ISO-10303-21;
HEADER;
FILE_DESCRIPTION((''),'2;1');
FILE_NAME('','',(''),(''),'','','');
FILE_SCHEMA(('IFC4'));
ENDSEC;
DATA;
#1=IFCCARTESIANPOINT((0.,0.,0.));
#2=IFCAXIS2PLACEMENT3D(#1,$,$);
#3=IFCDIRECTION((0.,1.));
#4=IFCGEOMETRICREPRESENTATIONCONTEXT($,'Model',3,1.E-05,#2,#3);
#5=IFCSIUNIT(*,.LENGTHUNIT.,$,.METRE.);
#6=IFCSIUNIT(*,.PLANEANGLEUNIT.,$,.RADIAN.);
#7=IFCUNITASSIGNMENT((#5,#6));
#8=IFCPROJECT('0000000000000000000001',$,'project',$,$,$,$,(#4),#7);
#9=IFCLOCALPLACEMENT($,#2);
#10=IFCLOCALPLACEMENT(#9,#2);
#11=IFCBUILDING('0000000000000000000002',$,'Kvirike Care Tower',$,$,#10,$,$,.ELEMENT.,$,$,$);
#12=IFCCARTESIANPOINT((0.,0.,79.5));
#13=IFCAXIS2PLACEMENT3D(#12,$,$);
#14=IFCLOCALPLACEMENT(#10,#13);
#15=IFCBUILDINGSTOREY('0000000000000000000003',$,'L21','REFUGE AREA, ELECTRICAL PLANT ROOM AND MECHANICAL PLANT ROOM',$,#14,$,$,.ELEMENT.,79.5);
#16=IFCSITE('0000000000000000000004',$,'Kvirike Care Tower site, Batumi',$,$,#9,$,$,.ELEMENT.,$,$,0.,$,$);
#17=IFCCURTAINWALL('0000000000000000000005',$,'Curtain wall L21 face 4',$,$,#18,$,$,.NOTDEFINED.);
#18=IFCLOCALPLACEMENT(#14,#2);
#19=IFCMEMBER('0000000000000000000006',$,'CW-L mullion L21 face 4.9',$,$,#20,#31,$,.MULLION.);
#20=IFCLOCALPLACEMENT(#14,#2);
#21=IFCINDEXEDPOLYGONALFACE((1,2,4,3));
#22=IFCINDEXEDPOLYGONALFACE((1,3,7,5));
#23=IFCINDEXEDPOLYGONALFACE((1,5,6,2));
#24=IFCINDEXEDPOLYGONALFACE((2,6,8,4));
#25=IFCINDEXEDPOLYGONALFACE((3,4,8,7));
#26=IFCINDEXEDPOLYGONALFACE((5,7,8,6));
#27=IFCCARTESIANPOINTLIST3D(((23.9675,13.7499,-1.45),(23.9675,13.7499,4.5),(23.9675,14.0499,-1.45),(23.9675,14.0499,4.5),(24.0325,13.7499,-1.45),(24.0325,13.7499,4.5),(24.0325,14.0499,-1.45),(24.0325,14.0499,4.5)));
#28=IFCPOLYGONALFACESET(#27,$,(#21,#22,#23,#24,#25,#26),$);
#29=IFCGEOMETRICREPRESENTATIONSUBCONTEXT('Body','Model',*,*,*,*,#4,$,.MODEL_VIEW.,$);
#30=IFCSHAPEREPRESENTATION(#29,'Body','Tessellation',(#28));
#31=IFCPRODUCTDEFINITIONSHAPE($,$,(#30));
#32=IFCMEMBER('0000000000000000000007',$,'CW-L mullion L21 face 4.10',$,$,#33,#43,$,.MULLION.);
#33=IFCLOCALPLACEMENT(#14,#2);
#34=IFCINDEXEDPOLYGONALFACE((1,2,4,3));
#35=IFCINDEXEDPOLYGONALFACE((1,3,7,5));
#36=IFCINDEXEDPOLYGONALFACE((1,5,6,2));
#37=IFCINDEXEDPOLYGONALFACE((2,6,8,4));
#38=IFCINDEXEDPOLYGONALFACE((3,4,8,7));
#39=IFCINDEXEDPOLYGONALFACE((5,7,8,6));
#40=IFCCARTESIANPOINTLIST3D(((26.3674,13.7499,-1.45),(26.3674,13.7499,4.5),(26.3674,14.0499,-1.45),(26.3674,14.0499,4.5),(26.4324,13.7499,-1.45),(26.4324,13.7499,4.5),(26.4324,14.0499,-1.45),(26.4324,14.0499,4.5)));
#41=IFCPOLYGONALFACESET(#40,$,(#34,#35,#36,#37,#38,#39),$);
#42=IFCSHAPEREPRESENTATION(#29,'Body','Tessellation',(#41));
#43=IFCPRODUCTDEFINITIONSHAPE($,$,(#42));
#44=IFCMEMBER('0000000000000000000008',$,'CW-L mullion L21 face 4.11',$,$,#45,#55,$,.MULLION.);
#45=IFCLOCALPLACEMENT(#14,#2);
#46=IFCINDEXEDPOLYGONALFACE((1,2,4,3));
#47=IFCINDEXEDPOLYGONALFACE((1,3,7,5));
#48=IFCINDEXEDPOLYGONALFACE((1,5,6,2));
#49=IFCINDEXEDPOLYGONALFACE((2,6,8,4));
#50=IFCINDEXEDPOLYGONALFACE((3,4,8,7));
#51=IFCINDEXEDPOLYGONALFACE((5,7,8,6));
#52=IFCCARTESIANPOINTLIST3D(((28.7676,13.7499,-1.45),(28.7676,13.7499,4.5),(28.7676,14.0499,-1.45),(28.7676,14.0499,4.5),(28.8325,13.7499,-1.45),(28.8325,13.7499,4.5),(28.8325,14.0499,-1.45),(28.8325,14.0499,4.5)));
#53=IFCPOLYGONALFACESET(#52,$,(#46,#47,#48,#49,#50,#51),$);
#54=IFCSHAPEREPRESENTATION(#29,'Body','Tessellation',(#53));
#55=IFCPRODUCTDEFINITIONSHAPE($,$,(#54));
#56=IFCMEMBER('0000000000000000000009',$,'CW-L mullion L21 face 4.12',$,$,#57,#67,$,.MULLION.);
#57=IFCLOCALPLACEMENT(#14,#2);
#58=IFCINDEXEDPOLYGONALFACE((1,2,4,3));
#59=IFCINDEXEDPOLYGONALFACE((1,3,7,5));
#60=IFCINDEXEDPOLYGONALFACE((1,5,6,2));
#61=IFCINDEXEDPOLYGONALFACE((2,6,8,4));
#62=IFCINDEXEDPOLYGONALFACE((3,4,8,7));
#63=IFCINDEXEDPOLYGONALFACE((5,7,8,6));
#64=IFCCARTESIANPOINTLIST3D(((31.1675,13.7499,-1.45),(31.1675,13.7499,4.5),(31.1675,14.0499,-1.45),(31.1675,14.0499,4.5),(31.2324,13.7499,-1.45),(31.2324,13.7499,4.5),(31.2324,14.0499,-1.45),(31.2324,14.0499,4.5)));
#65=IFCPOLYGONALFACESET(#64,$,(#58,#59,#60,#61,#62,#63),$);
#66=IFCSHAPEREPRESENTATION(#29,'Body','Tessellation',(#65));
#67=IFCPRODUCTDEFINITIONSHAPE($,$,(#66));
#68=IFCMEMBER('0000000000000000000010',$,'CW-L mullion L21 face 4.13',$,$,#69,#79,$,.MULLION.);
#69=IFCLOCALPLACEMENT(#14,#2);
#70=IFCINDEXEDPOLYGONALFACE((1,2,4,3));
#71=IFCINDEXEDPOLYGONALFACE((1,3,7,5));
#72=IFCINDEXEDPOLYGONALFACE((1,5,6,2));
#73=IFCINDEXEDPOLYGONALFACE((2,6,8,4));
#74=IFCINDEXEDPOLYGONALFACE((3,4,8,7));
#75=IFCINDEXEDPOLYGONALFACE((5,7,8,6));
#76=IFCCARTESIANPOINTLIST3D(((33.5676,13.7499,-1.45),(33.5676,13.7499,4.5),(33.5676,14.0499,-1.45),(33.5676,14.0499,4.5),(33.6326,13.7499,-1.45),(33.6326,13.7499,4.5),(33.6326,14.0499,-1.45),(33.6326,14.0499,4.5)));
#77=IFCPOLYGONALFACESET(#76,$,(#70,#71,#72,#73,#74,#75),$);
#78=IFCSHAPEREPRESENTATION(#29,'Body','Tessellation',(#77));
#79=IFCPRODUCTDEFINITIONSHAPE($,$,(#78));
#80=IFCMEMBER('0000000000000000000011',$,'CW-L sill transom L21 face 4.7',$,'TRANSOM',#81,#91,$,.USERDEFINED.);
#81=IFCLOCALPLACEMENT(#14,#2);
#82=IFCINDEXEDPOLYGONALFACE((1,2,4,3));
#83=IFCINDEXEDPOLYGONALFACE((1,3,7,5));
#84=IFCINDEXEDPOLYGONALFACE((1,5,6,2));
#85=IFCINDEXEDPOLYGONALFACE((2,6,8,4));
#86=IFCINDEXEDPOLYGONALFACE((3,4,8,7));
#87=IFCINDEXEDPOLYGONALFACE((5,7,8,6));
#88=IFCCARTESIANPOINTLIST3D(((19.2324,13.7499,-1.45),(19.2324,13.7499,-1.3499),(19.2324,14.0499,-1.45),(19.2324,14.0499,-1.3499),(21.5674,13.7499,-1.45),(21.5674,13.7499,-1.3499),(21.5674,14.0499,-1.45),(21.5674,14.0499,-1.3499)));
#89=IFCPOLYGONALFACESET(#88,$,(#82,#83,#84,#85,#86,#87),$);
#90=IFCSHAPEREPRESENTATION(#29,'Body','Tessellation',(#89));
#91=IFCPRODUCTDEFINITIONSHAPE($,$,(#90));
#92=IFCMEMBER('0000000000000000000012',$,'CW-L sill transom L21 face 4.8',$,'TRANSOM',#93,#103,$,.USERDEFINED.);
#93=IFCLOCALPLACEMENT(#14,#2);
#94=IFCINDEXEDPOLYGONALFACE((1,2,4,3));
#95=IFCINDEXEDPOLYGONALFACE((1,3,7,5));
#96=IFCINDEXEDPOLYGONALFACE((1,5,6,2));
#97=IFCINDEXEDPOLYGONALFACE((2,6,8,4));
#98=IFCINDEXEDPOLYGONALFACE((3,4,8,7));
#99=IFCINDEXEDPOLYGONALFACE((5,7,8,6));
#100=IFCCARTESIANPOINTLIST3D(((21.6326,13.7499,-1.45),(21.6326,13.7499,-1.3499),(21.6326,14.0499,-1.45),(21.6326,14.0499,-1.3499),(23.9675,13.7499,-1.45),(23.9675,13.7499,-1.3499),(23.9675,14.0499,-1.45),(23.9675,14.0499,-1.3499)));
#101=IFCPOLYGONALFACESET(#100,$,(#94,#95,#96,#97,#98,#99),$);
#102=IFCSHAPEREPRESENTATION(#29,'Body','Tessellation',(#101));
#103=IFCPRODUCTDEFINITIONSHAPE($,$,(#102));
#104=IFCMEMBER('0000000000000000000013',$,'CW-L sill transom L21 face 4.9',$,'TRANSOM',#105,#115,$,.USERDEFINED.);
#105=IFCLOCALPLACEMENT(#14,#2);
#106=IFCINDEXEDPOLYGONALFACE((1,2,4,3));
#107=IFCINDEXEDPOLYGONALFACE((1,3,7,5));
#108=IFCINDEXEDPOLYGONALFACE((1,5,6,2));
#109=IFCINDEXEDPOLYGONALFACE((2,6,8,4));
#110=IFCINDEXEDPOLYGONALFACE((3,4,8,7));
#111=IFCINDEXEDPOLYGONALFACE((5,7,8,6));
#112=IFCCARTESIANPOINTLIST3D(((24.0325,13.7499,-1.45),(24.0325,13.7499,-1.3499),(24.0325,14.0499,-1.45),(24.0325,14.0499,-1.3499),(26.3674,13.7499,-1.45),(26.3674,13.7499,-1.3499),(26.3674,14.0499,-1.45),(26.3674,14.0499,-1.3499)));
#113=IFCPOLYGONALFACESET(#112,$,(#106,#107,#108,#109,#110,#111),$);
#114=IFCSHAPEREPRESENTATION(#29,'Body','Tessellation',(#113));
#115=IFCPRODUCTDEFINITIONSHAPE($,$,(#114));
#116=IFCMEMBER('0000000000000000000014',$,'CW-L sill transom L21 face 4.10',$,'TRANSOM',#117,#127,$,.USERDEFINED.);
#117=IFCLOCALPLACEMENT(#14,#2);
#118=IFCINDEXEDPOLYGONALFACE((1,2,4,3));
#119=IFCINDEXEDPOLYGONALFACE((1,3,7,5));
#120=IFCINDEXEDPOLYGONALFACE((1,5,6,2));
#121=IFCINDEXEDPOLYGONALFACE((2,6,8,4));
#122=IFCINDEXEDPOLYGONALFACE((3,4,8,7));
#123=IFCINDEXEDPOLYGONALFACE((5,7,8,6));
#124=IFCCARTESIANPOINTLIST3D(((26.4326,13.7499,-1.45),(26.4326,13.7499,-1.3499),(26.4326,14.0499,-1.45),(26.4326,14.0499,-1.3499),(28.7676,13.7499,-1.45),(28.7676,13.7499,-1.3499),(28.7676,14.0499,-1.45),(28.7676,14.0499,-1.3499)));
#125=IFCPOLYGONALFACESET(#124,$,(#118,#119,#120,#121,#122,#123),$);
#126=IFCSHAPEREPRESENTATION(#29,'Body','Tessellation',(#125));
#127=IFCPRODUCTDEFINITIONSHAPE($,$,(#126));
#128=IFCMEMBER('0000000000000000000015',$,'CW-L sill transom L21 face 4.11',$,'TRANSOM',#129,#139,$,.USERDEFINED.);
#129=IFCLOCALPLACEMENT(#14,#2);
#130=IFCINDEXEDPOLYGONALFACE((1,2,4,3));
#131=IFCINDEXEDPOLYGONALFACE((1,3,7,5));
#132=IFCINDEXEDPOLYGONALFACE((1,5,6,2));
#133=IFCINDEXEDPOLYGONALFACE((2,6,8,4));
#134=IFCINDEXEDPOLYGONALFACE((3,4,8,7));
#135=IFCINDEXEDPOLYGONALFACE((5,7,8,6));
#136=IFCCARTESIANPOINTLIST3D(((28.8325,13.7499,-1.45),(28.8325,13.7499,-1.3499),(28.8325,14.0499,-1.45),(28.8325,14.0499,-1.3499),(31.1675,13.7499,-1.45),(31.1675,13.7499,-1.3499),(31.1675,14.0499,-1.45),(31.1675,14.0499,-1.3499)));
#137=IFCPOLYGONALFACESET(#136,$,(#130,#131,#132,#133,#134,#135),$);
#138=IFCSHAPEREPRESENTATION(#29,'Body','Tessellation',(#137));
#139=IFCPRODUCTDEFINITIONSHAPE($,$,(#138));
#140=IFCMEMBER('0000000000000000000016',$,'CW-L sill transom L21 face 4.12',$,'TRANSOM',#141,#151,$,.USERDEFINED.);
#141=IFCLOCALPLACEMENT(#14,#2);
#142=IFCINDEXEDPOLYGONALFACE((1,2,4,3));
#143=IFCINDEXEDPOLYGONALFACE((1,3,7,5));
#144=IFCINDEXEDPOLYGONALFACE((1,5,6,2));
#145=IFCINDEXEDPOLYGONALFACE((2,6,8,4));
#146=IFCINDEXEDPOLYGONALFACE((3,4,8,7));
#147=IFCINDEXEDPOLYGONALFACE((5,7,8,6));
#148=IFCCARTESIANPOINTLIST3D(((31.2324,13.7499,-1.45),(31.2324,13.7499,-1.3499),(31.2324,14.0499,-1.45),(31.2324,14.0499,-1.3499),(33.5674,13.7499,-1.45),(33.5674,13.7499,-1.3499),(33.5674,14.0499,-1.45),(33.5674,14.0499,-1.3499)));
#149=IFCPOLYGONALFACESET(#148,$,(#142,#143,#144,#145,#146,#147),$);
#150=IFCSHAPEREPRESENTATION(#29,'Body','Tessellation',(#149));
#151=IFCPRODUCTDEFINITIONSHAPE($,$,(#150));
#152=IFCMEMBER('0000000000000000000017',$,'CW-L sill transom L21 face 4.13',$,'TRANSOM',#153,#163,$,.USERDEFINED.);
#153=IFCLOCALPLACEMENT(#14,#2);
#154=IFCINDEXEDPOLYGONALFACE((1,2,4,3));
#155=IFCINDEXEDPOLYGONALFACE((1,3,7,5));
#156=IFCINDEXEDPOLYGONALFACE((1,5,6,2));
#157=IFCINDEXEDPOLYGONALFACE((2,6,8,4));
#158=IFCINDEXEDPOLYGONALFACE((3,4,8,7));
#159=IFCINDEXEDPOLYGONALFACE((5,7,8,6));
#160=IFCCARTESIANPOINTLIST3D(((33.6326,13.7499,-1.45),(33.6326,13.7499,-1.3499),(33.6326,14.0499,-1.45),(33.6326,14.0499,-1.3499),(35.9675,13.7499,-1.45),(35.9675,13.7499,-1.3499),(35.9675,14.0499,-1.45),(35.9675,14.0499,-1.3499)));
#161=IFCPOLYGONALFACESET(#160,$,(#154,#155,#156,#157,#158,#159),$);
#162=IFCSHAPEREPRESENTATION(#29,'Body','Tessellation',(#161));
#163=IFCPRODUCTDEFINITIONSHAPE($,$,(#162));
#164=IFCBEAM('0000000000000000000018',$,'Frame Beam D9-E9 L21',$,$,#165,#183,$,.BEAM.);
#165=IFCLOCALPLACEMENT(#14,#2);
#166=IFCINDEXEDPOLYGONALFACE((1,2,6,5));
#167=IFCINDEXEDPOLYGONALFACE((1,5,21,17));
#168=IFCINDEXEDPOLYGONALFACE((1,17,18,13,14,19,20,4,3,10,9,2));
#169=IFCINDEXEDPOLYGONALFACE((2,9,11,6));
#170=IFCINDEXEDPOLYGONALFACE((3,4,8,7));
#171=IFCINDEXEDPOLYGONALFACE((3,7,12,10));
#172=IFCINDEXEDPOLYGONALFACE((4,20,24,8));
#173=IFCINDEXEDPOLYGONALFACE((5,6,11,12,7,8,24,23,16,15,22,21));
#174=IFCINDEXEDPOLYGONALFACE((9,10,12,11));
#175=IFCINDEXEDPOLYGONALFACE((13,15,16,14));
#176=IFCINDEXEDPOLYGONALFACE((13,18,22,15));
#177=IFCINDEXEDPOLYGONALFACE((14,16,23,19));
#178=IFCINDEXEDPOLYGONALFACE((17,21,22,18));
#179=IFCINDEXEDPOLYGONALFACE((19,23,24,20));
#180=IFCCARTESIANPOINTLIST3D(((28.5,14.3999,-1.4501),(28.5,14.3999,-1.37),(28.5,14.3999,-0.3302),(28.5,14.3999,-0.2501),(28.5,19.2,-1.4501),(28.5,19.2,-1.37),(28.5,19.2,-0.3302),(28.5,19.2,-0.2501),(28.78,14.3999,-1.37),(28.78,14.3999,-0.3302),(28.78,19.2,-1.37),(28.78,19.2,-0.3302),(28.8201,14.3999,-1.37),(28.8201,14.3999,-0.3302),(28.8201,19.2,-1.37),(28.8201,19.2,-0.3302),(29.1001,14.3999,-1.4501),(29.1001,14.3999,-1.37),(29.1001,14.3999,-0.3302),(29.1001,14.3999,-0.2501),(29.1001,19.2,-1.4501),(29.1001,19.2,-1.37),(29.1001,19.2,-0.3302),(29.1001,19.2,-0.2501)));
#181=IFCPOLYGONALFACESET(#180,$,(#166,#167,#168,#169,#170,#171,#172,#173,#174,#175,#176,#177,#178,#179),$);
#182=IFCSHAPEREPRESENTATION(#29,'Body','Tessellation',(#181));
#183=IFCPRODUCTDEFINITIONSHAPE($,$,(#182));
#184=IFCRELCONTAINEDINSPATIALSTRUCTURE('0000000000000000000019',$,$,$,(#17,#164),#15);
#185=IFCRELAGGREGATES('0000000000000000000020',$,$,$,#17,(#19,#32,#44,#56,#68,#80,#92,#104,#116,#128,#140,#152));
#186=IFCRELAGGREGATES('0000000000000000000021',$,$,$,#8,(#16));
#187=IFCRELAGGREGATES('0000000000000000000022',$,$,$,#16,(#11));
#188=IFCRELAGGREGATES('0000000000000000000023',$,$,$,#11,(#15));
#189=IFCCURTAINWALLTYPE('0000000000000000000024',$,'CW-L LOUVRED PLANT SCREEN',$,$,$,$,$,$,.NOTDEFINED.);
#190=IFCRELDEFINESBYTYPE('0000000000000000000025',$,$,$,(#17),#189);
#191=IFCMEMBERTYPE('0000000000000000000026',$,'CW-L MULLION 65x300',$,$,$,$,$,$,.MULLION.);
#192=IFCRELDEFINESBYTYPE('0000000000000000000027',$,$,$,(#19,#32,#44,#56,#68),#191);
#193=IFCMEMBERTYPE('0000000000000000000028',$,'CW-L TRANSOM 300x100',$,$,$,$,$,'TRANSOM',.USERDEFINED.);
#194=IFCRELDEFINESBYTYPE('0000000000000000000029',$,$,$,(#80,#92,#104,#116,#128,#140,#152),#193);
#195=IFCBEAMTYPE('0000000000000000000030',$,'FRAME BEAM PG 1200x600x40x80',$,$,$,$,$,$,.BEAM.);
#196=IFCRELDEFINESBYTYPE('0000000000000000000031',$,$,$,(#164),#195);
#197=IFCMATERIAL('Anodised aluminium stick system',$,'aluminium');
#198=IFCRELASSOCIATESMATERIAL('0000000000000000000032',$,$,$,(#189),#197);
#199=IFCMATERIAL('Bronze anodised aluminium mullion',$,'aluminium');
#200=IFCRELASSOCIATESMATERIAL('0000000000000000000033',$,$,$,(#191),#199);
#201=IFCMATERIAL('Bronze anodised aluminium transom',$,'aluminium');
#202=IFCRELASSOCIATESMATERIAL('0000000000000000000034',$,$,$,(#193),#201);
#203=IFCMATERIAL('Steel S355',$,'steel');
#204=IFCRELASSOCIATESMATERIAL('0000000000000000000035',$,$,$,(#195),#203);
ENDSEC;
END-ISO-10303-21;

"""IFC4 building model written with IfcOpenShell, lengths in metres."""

from ifc_helpers import new_model, si_unit, direction, frame, origin, origin_2d, place, context, subcontext, project, spatial, rectangle, i_section, extrude, material, material_profile, profile_set, type_object, element, aggregate, save


model = new_model("IFC4")

# Units and contexts
model_context = context("Model", 3, precision=1e-05, world=origin(), true_north=direction((0.0, 1.0)))
body_context = subcontext(model_context, "Body", "Model", "MODEL_VIEW")
ifc_project = project(units=[si_unit("LENGTHUNIT", "METRE"), si_unit("PLANEANGLEUNIT", "RADIAN")], contexts=[model_context])

# Site, building, storey
site_placement = place(None, origin())
site = spatial("IfcSite", under=ifc_project, at=site_placement, Name="Kvirike Care Tower site, Batumi", CompositionType="ELEMENT", RefElevation=0.0)
building_placement = place(site_placement, origin())
building = spatial("IfcBuilding", under=site, at=building_placement, Name="Kvirike Care Tower", CompositionType="ELEMENT")
storey_placement = place(building_placement, frame((0.0, 0.0, 79.5)))
storey = spatial("IfcBuildingStorey", under=building, at=storey_placement, Name="L21", Description="REFUGE AREA, ELECTRICAL PLANT ROOM AND MECHANICAL PLANT ROOM", CompositionType="ELEMENT", Elevation=79.5)

# Curtain wall, members
ifc_material_1 = material(Name="Anodised aluminium stick system", Category="aluminium")
curtain_wall_type = type_object("IfcCurtainWallType", Name="CW-L LOUVRED PLANT SCREEN", PredefinedType="NOTDEFINED", material=ifc_material_1)
curtain_wall_placement = place(storey_placement, origin())
curtain_wall = element("IfcCurtainWall", 1, at=curtain_wall_placement, inside=storey, type_object=curtain_wall_type, Name="Curtain wall L21 face 4", PredefinedType="NOTDEFINED")
ifc_material_2 = material(Name="Bronze anodised aluminium mullion", Category="aluminium")
ifc_material_profile_1 = material_profile(ifc_material_2, rectangle(XDim=0.0649, YDim=0.3, at=origin_2d()), Name="CW-L MULLION 65x300")
ifc_profile_set_1 = profile_set([ifc_material_profile_1], Name="Bronze anodised aluminium mullion")
member_type_1 = type_object("IfcMemberType", Name="CW-L MULLION 65x300", PredefinedType="MULLION", material=ifc_profile_set_1)
member_1_placement = place(storey_placement, frame((24.0, 13.8999, -1.45), z_axis=(0.0, 0.0, 1.0), x_axis=(1.0, 0.0, 0.0)))
member_1 = element("IfcMember", 2, at=member_1_placement, type_object=member_type_1, Name="CW-L mullion L21 face 4.9", PredefinedType="MULLION", context=body_context, shape_type="SweptSolid", body=[
    extrude(rectangle(XDim=0.0649, YDim=0.3, at=origin_2d()), origin(), (0.0, 0.0, 1.0), 5.95),
])
member_2_placement = place(storey_placement, frame((26.3999, 13.8999, -1.45), z_axis=(0.0, 0.0, 1.0), x_axis=(1.0, 0.0, 0.0)))
member_2 = element("IfcMember", 3, at=member_2_placement, type_object=member_type_1, Name="CW-L mullion L21 face 4.10", PredefinedType="MULLION", context=body_context, shape_type="SweptSolid", body=[
    extrude(rectangle(XDim=0.0649, YDim=0.3, at=origin_2d()), origin(), (0.0, 0.0, 1.0), 5.95),
])
member_3_placement = place(storey_placement, frame((28.8, 13.8999, -1.45), z_axis=(0.0, 0.0, 1.0), x_axis=(1.0, 0.0, 0.0)))
member_3 = element("IfcMember", 4, at=member_3_placement, type_object=member_type_1, Name="CW-L mullion L21 face 4.11", PredefinedType="MULLION", context=body_context, shape_type="SweptSolid", body=[
    extrude(rectangle(XDim=0.0649, YDim=0.3, at=origin_2d()), origin(), (0.0, 0.0, 1.0), 5.95),
])
member_4_placement = place(storey_placement, frame((31.2, 13.8999, -1.45), z_axis=(0.0, 0.0, 1.0), x_axis=(1.0, 0.0, 0.0)))
member_4 = element("IfcMember", 5, at=member_4_placement, type_object=member_type_1, Name="CW-L mullion L21 face 4.12", PredefinedType="MULLION", context=body_context, shape_type="SweptSolid", body=[
    extrude(rectangle(XDim=0.0649, YDim=0.3, at=origin_2d()), origin(), (0.0, 0.0, 1.0), 5.95),
])
member_5_placement = place(storey_placement, frame((33.6001, 13.8999, -1.45), z_axis=(0.0, 0.0, 1.0), x_axis=(1.0, 0.0, 0.0)))
member_5 = element("IfcMember", 6, at=member_5_placement, type_object=member_type_1, Name="CW-L mullion L21 face 4.13", PredefinedType="MULLION", context=body_context, shape_type="SweptSolid", body=[
    extrude(rectangle(XDim=0.0649, YDim=0.3, at=origin_2d()), origin(), (0.0, 0.0, 1.0), 5.95),
])
ifc_material_3 = material(Name="Bronze anodised aluminium transom", Category="aluminium")
ifc_material_profile_2 = material_profile(ifc_material_3, rectangle(XDim=0.3, YDim=0.1001, at=origin_2d()), Name="CW-L TRANSOM 300x100")
ifc_profile_set_2 = profile_set([ifc_material_profile_2], Name="Bronze anodised aluminium transom")
member_type_2 = type_object("IfcMemberType", Name="CW-L TRANSOM 300x100", ElementType="TRANSOM", PredefinedType="USERDEFINED", material=ifc_profile_set_2)
member_6_placement = place(storey_placement, frame((19.2324, 13.8999, -1.3999), z_axis=(1.0, 0.0, 0.0), x_axis=(0.0, 1.0, 0.0)))
member_6 = element("IfcMember", 7, at=member_6_placement, type_object=member_type_2, Name="CW-L sill transom L21 face 4.7", ObjectType="TRANSOM", PredefinedType="USERDEFINED", context=body_context, shape_type="SweptSolid", body=[
    extrude(rectangle(XDim=0.3, YDim=0.1001, at=origin_2d()), origin(), (0.0, 0.0, 1.0), 2.335),
])
member_7_placement = place(storey_placement, frame((21.6326, 13.8999, -1.3999), z_axis=(1.0, 0.0, 0.0), x_axis=(0.0, 1.0, 0.0)))
member_7 = element("IfcMember", 8, at=member_7_placement, type_object=member_type_2, Name="CW-L sill transom L21 face 4.8", ObjectType="TRANSOM", PredefinedType="USERDEFINED", context=body_context, shape_type="SweptSolid", body=[
    extrude(rectangle(XDim=0.3, YDim=0.1001, at=origin_2d()), origin(), (0.0, 0.0, 1.0), 2.335),
])
member_8_placement = place(storey_placement, frame((24.0325, 13.8999, -1.3999), z_axis=(1.0, 0.0, 0.0), x_axis=(0.0, 1.0, 0.0)))
member_8 = element("IfcMember", 9, at=member_8_placement, type_object=member_type_2, Name="CW-L sill transom L21 face 4.9", ObjectType="TRANSOM", PredefinedType="USERDEFINED", context=body_context, shape_type="SweptSolid", body=[
    extrude(rectangle(XDim=0.3, YDim=0.1001, at=origin_2d()), origin(), (0.0, 0.0, 1.0), 2.335),
])
member_9_placement = place(storey_placement, frame((26.4326, 13.8999, -1.3999), z_axis=(1.0, 0.0, 0.0), x_axis=(0.0, 1.0, 0.0)))
member_9 = element("IfcMember", 10, at=member_9_placement, type_object=member_type_2, Name="CW-L sill transom L21 face 4.10", ObjectType="TRANSOM", PredefinedType="USERDEFINED", context=body_context, shape_type="SweptSolid", body=[
    extrude(rectangle(XDim=0.3, YDim=0.1001, at=origin_2d()), origin(), (0.0, 0.0, 1.0), 2.335),
])
member_10_placement = place(storey_placement, frame((28.8325, 13.8999, -1.3999), z_axis=(1.0, 0.0, 0.0), x_axis=(0.0, 1.0, 0.0)))
member_10 = element("IfcMember", 11, at=member_10_placement, type_object=member_type_2, Name="CW-L sill transom L21 face 4.11", ObjectType="TRANSOM", PredefinedType="USERDEFINED", context=body_context, shape_type="SweptSolid", body=[
    extrude(rectangle(XDim=0.3, YDim=0.1001, at=origin_2d()), origin(), (0.0, 0.0, 1.0), 2.335),
])
member_11_placement = place(storey_placement, frame((31.2324, 13.8999, -1.3999), z_axis=(1.0, 0.0, 0.0), x_axis=(0.0, 1.0, 0.0)))
member_11 = element("IfcMember", 12, at=member_11_placement, type_object=member_type_2, Name="CW-L sill transom L21 face 4.12", ObjectType="TRANSOM", PredefinedType="USERDEFINED", context=body_context, shape_type="SweptSolid", body=[
    extrude(rectangle(XDim=0.3, YDim=0.1001, at=origin_2d()), origin(), (0.0, 0.0, 1.0), 2.335),
])
member_12_placement = place(storey_placement, frame((33.6326, 13.8999, -1.3999), z_axis=(1.0, 0.0, 0.0), x_axis=(0.0, 1.0, 0.0)))
member_12 = element("IfcMember", 13, at=member_12_placement, type_object=member_type_2, Name="CW-L sill transom L21 face 4.13", ObjectType="TRANSOM", PredefinedType="USERDEFINED", context=body_context, shape_type="SweptSolid", body=[
    extrude(rectangle(XDim=0.3, YDim=0.1001, at=origin_2d()), origin(), (0.0, 0.0, 1.0), 2.335),
])

# Beam
ifc_material_4 = material(Name="Steel S355", Category="steel")
ifc_material_profile_3 = material_profile(ifc_material_4, i_section(OverallWidth=0.6001, OverallDepth=1.2, WebThickness=0.04, FlangeThickness=0.0801, at=origin_2d()), Name="PG 1200x600x40x80")
ifc_profile_set_3 = profile_set([ifc_material_profile_3], Name="Steel S355")
beam_type_1 = type_object("IfcBeamType", Name="FRAME BEAM PG 1200x600x40x80", PredefinedType="BEAM", material=ifc_profile_set_3)
beam_1_placement = place(storey_placement, frame((28.8, 14.3999, -0.8501), z_axis=(0.0, 1.0, 0.0), x_axis=(-1.0, 0.0, 0.0)))
element("IfcBeam", 14, at=beam_1_placement, inside=storey, type_object=beam_type_1, Name="Frame Beam D9-E9 L21", PredefinedType="BEAM", context=body_context, shape_type="SweptSolid", body=[
    extrude(i_section(OverallWidth=0.6001, OverallDepth=1.2, WebThickness=0.04, FlangeThickness=0.0801, at=origin_2d()), origin(), (0.0, 0.0, 1.0), 4.8),
])

aggregate(curtain_wall, [member_1, member_2, member_3, member_4, member_5, member_6, member_7, member_8, member_9, member_10, member_11, member_12])

save(model, "model.ifc")
